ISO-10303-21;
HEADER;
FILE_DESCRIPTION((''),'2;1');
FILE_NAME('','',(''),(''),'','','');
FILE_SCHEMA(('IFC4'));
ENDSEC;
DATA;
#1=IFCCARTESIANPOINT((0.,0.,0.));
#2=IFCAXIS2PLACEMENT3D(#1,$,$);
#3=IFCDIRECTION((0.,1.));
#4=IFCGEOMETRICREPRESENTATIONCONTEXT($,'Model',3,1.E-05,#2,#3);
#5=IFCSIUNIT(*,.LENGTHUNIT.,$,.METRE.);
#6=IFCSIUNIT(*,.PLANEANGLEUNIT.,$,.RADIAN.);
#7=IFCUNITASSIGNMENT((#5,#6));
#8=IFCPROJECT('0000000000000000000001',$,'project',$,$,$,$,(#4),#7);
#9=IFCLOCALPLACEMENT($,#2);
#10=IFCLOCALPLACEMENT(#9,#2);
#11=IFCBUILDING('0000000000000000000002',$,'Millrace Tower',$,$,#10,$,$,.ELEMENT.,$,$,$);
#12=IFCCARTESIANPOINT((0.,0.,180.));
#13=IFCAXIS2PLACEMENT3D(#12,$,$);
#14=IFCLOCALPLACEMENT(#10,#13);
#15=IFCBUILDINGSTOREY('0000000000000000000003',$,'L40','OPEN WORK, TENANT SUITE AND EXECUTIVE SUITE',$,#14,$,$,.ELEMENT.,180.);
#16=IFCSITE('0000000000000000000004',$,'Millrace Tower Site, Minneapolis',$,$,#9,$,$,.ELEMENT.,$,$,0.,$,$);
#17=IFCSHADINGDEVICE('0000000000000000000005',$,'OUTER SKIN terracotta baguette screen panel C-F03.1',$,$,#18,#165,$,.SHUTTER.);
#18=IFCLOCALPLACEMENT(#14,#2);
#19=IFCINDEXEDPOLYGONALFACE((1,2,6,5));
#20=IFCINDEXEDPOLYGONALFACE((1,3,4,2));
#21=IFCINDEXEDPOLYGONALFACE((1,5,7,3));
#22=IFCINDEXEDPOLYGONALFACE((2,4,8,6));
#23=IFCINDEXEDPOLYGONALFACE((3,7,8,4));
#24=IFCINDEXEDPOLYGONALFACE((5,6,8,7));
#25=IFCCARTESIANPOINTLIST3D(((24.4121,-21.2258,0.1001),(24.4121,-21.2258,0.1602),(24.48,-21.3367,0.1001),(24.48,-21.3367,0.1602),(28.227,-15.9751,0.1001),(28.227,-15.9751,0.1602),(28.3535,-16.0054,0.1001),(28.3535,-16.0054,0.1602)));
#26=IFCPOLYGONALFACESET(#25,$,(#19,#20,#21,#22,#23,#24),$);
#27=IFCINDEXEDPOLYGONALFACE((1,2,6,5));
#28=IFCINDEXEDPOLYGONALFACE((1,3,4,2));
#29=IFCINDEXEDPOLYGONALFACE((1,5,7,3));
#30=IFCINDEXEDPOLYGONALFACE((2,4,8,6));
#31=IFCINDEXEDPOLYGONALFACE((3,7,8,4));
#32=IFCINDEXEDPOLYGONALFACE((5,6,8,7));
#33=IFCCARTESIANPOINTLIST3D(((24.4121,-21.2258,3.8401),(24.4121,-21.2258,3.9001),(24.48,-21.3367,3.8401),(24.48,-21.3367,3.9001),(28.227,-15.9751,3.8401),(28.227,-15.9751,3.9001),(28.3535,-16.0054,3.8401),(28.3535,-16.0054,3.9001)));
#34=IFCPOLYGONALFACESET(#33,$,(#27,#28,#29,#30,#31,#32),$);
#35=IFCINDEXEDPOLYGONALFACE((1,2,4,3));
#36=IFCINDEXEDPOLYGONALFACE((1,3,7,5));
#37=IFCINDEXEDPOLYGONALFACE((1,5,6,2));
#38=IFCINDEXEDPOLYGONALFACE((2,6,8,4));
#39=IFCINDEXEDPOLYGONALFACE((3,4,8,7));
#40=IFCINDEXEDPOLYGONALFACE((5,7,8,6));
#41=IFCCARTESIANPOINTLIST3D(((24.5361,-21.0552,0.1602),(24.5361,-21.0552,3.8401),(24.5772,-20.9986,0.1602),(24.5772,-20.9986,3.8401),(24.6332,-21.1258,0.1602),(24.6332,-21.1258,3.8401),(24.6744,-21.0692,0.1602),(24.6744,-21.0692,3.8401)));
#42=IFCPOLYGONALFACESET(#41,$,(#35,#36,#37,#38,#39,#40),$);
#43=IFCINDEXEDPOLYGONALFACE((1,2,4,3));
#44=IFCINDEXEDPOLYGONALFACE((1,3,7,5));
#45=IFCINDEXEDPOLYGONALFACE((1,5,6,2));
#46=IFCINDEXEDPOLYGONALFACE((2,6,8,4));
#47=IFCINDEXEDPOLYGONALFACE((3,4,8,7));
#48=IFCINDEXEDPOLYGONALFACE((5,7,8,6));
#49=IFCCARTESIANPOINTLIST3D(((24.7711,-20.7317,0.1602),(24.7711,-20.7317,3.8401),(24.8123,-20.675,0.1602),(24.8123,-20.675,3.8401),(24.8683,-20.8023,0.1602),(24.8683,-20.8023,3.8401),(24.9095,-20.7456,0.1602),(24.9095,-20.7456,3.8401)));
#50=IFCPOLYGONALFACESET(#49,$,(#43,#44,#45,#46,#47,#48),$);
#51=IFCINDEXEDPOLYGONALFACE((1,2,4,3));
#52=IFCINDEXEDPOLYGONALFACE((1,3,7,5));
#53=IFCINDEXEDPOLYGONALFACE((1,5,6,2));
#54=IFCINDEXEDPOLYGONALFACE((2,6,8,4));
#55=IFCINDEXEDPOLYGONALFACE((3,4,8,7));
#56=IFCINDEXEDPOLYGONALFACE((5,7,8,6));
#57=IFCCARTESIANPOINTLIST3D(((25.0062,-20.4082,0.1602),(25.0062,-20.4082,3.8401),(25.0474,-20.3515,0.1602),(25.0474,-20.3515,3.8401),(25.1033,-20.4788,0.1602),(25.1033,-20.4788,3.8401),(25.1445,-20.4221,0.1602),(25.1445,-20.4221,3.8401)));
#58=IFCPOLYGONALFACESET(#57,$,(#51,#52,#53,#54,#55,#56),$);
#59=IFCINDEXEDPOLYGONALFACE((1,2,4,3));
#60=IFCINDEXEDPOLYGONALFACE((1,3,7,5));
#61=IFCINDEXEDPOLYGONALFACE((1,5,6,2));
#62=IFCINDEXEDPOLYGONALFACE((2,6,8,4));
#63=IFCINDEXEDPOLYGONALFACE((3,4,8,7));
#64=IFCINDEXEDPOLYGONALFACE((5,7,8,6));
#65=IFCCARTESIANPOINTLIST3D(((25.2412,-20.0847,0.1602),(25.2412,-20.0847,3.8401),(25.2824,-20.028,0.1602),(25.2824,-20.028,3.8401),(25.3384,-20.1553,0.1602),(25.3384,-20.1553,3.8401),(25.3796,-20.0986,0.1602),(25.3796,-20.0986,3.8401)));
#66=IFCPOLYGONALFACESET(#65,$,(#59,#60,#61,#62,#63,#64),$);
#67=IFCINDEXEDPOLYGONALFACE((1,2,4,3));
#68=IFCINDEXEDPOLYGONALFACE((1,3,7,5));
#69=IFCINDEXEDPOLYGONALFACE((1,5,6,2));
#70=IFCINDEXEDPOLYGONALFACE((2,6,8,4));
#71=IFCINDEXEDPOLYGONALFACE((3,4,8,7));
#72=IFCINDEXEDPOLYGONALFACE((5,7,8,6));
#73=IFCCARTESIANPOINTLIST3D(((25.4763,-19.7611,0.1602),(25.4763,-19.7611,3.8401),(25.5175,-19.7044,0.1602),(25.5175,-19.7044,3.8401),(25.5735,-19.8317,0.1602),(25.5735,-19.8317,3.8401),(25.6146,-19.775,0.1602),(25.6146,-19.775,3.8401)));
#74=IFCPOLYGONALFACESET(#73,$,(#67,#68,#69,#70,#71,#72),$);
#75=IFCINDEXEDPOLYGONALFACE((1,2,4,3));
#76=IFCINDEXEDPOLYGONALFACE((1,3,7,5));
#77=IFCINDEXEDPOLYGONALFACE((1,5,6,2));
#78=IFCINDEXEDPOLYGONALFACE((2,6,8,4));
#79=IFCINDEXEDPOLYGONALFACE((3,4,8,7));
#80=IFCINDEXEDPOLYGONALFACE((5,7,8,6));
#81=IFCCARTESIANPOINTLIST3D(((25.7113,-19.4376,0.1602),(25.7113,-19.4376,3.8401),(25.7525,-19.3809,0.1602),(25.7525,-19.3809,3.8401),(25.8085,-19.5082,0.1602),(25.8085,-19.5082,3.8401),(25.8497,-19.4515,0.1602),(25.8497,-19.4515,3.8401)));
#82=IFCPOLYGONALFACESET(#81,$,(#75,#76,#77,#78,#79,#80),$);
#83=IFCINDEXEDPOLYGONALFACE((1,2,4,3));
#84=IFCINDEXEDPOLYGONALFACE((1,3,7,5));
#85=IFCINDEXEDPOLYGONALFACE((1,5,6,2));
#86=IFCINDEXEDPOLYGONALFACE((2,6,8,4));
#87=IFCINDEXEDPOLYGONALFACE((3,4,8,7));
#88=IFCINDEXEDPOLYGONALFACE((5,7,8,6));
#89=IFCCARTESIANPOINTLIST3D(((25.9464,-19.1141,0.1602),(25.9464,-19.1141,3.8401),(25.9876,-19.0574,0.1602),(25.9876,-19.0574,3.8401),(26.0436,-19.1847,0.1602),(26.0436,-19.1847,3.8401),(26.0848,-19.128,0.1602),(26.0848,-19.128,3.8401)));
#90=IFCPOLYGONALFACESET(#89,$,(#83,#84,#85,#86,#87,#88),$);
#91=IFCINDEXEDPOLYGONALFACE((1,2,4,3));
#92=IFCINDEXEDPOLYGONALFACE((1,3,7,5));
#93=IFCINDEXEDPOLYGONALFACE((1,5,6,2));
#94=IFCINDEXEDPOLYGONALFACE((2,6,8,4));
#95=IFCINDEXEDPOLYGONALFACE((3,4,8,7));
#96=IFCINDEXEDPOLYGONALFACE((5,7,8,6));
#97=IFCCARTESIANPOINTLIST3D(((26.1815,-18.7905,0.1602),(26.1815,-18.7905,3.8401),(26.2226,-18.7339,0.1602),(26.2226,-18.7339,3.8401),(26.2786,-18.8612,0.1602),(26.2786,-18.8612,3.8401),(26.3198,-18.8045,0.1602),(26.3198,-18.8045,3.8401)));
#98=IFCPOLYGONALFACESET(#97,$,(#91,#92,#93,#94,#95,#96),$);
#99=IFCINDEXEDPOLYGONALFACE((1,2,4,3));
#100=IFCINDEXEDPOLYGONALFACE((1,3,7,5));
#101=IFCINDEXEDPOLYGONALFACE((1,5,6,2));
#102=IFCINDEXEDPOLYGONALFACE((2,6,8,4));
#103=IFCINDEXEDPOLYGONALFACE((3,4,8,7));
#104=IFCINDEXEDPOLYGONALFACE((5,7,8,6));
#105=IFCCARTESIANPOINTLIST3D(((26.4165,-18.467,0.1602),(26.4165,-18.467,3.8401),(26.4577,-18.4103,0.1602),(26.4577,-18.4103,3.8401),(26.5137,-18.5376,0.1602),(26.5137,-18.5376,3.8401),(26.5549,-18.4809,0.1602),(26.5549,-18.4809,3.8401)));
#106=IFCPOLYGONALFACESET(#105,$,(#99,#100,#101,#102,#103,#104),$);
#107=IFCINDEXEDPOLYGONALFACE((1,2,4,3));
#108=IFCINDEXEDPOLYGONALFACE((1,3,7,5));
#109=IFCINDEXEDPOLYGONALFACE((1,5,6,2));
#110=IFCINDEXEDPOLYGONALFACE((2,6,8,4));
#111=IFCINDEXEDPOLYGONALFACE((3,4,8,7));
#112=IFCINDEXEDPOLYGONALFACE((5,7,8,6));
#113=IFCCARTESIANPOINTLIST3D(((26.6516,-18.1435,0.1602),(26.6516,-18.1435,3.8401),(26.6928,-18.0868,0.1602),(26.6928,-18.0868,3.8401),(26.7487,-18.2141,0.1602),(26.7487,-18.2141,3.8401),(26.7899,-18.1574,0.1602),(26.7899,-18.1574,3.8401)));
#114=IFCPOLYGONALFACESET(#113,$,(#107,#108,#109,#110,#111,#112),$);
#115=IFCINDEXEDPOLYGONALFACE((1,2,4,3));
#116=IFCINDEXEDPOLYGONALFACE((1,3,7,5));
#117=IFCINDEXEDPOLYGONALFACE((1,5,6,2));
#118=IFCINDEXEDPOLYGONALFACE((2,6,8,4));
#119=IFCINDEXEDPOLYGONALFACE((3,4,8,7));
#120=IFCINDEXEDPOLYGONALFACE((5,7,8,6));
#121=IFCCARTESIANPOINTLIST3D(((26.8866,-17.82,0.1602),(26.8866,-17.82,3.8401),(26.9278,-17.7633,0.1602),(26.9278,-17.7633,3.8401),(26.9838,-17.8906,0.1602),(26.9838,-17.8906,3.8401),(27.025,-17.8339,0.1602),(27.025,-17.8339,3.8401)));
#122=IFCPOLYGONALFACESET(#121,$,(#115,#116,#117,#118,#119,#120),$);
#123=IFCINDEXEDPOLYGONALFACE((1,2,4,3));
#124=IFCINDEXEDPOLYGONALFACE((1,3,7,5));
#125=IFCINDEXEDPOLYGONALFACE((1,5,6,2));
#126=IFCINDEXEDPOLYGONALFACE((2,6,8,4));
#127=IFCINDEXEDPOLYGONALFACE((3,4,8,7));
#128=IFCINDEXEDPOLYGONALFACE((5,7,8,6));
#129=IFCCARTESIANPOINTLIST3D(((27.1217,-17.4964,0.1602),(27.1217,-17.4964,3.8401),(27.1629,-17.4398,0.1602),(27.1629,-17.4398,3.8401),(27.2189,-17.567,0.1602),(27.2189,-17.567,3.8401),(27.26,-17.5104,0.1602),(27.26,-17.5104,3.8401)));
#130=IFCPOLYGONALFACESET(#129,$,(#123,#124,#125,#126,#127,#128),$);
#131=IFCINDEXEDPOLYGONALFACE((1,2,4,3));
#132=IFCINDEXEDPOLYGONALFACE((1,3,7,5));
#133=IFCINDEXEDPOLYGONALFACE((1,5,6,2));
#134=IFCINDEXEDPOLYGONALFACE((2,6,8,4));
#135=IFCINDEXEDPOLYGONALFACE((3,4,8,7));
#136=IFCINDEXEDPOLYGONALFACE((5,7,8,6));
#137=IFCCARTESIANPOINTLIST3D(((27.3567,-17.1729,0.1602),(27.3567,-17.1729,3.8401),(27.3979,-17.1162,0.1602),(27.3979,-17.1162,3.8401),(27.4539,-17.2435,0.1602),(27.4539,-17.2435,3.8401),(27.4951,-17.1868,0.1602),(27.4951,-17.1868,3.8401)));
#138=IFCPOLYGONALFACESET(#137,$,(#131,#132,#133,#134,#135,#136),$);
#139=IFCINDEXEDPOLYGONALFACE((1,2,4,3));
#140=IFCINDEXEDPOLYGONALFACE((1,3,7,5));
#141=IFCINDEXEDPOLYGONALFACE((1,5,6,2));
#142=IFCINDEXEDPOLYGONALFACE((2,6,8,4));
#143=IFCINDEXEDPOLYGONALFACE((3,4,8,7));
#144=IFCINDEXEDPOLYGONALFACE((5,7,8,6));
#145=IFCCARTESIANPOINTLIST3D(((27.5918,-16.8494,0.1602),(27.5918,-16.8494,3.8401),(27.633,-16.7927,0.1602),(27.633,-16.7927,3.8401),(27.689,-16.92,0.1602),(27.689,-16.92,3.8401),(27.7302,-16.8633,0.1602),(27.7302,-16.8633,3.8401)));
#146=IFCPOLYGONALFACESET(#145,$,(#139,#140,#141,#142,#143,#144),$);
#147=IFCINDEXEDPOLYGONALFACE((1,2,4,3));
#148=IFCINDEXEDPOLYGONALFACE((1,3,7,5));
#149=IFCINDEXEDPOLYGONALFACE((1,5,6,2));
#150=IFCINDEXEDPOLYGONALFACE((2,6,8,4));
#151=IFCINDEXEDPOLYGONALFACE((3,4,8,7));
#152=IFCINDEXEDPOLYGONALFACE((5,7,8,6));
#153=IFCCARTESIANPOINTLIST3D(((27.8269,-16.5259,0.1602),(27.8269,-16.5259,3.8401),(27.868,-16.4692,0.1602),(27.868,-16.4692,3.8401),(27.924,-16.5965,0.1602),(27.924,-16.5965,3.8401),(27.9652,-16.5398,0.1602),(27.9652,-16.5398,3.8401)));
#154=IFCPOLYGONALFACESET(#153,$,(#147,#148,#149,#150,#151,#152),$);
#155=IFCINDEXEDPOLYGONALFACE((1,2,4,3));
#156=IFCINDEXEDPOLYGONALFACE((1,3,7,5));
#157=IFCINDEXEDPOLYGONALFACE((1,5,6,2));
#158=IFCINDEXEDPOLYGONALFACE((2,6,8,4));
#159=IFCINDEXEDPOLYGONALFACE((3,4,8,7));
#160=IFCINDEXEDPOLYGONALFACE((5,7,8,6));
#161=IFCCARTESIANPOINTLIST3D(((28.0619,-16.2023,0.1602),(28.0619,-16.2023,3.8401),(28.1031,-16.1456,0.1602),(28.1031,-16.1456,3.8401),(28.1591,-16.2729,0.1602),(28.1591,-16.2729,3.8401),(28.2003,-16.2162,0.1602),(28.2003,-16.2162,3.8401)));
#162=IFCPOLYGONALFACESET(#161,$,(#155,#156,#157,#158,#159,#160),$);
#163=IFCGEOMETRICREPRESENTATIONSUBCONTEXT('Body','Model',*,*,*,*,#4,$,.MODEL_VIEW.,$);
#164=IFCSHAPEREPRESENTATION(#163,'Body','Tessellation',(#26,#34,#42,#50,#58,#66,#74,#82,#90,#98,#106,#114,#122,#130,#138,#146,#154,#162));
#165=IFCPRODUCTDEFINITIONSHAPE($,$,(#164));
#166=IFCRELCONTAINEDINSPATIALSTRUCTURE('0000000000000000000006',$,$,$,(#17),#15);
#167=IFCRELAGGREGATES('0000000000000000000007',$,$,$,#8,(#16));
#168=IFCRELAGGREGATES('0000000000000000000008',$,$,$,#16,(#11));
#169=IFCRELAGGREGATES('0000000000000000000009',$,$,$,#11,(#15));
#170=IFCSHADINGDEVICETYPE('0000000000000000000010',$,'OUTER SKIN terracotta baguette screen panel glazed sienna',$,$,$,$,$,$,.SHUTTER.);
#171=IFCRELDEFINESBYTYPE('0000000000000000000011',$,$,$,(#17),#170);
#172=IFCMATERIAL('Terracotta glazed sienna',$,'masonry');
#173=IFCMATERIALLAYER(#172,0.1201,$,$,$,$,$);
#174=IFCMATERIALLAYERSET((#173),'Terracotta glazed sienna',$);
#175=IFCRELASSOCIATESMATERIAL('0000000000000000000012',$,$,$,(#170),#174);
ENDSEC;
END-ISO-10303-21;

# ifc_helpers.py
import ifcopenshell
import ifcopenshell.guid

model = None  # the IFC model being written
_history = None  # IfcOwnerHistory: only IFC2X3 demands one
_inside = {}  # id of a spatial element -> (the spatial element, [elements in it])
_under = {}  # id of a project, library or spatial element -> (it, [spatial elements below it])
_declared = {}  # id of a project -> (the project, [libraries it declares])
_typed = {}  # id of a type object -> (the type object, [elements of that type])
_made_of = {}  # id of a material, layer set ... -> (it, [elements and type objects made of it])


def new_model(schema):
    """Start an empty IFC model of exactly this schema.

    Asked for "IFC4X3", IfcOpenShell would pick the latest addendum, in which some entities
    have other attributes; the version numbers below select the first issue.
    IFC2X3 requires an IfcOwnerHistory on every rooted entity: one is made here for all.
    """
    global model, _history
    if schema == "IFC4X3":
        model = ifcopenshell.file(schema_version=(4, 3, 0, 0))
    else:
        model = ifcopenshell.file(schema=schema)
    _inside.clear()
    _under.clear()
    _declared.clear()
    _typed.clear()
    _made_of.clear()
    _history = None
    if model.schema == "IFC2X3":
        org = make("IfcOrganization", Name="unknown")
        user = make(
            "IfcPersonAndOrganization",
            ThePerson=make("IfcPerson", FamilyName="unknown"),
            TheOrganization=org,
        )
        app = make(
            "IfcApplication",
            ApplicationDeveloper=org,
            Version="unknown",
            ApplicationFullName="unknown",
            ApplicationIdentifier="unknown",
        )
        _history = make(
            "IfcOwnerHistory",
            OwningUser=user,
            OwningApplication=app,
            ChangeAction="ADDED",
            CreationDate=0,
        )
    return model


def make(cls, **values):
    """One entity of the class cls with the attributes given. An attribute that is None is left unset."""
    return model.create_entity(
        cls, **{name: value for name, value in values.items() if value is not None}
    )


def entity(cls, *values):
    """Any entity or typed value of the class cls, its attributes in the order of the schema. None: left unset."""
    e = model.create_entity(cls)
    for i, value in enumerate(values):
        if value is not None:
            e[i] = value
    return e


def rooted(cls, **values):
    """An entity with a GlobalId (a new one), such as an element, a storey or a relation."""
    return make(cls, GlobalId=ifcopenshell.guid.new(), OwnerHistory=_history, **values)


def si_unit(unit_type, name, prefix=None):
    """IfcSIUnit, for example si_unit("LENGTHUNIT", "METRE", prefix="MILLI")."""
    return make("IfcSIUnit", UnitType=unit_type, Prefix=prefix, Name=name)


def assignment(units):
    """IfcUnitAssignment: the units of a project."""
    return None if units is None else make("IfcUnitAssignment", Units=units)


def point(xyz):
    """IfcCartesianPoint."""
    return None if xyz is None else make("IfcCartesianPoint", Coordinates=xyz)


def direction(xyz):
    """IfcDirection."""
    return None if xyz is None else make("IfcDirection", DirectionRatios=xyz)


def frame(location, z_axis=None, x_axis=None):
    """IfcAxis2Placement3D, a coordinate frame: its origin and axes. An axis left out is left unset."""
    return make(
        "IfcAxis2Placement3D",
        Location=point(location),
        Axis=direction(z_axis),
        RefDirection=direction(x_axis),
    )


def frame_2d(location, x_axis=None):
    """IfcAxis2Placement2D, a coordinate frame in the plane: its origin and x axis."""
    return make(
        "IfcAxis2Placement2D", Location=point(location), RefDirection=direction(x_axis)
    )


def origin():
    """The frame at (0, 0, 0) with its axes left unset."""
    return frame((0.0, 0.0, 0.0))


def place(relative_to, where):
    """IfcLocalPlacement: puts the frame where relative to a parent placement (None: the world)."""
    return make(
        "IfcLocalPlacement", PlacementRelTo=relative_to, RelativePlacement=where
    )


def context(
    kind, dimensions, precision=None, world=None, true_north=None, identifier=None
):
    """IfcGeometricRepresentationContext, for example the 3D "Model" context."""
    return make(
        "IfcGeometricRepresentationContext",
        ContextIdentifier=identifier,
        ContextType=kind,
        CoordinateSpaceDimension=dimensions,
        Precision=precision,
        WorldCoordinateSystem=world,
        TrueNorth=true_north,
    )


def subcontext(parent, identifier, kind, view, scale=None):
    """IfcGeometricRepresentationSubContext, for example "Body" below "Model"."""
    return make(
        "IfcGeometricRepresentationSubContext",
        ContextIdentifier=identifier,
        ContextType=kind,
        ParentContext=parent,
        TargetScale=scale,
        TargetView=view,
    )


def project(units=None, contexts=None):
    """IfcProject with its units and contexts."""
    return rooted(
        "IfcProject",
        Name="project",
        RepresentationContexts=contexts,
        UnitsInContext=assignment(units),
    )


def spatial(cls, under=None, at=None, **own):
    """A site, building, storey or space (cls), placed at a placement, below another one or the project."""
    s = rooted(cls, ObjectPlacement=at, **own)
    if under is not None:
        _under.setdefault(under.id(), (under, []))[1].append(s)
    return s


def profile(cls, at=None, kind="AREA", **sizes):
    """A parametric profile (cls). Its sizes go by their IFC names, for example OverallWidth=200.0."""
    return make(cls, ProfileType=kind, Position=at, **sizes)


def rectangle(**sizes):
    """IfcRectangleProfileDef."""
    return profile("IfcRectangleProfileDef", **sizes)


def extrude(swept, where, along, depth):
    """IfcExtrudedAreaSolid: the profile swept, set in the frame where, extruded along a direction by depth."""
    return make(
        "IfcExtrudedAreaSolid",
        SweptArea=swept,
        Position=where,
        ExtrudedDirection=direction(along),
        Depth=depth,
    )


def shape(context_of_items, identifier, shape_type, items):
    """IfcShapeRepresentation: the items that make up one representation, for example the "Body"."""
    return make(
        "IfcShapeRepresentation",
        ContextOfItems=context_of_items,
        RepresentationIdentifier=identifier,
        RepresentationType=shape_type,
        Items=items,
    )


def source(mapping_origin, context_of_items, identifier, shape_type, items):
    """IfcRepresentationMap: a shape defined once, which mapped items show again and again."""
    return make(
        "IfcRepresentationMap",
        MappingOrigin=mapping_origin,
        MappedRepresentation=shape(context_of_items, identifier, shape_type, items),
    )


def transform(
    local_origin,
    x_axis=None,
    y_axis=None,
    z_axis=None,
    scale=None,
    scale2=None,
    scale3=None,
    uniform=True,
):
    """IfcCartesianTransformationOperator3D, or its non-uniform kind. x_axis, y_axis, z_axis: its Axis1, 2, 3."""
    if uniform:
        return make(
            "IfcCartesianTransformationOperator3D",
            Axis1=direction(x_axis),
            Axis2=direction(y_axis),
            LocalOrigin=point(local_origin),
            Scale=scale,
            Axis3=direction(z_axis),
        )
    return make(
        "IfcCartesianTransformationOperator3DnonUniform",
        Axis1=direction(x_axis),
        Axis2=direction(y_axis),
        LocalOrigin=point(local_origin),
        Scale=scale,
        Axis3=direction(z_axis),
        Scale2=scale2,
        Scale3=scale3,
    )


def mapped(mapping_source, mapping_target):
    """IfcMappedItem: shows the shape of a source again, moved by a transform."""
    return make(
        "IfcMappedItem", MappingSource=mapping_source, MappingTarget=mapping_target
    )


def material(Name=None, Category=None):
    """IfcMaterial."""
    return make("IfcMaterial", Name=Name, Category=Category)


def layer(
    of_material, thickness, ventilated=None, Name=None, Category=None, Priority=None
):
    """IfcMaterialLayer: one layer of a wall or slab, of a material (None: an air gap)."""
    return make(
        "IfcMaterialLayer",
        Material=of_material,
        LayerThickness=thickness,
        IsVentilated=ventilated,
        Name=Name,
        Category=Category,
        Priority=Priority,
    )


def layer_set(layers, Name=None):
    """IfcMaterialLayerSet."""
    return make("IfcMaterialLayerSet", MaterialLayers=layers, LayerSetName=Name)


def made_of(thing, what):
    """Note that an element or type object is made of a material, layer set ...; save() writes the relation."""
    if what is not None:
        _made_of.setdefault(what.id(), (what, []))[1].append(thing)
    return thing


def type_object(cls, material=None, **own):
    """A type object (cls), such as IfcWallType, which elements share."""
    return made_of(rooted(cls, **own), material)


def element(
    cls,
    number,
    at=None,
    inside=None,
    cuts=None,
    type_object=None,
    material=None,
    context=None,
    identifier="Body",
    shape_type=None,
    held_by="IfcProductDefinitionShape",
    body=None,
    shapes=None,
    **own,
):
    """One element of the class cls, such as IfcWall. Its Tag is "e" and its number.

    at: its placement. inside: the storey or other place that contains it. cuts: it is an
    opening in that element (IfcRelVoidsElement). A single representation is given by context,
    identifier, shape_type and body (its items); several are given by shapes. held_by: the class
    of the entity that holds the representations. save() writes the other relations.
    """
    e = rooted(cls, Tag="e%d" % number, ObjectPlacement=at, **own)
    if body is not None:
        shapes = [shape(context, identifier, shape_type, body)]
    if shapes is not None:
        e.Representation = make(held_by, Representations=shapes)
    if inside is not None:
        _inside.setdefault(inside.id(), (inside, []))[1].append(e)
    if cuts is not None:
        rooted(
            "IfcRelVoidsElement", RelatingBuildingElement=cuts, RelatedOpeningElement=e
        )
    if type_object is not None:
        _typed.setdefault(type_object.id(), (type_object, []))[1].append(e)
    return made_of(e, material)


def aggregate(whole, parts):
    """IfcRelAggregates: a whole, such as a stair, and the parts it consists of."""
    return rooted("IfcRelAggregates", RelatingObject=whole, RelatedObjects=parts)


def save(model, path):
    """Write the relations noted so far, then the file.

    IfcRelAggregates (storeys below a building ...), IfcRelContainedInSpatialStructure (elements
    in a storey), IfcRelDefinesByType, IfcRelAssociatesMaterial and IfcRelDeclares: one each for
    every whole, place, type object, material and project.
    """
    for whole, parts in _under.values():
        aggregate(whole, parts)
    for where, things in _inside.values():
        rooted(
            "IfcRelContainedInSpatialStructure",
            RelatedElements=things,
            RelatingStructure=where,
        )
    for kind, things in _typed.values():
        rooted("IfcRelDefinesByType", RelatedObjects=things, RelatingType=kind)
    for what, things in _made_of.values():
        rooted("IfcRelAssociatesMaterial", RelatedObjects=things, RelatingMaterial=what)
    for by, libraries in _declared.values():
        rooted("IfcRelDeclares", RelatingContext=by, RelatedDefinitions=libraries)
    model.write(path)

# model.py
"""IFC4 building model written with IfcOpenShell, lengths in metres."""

from ifc_helpers import new_model, entity, si_unit, direction, frame, frame_2d, origin, place, context, subcontext, project, spatial, rectangle, extrude, source, transform, mapped, material, layer, layer_set, type_object, element, save


model = new_model("IFC4")

# Units and contexts
model_context = context("Model", 3, precision=1e-05, world=origin(), true_north=direction((0.0, 1.0)))
body_context = subcontext(model_context, "Body", "Model", "MODEL_VIEW")
ifc_project = project(units=[si_unit("LENGTHUNIT", "METRE"), si_unit("PLANEANGLEUNIT", "RADIAN")], contexts=[model_context])

# Site, building, storey
site_placement = place(None, origin())
site = spatial("IfcSite", under=ifc_project, at=site_placement, Name="Millrace Tower Site, Minneapolis", CompositionType="ELEMENT", RefElevation=0.0)
building_placement = place(site_placement, origin())
building = spatial("IfcBuilding", under=site, at=building_placement, Name="Millrace Tower", CompositionType="ELEMENT")
storey_placement = place(building_placement, frame((0.0, 0.0, 180.0)))
storey = spatial("IfcBuildingStorey", under=building, at=storey_placement, Name="L40", Description="OPEN WORK, TENANT SUITE AND EXECUTIVE SUITE", CompositionType="ELEMENT", Elevation=180.0)

# Shading device
ifc_material_1 = material(Name="Terracotta glazed sienna", Category="masonry")
ifc_layer_1 = layer(ifc_material_1, 0.1201)
ifc_layer_set_1 = layer_set([ifc_layer_1], Name="Terracotta glazed sienna")
shading_device_type = type_object("IfcShadingDeviceType", Name="OUTER SKIN terracotta baguette screen panel glazed sienna", PredefinedType="SHUTTER", material=ifc_layer_set_1)
cartesian_point_1 = entity("IfcCartesianPoint", [-3.2451, 0.0601])
shared_polyline_1 = entity("IfcPolyline", [cartesian_point_1, entity("IfcCartesianPoint", [3.2451, 0.0601]), entity("IfcCartesianPoint", [3.2949, -0.0601]), entity("IfcCartesianPoint", [-3.2949, -0.0601]), cartesian_point_1])
shared_shape_1 = source(origin(), body_context, "Body", "SweptSolid", [
    entity("IfcExtrudedAreaSolid", entity("IfcArbitraryClosedProfileDef", "AREA", None, shared_polyline_1), entity("IfcAxis2Placement3D", entity("IfcCartesianPoint", [0.0, 0.0, 0.0])), entity("IfcDirection", [0.0, 0.0, 1.0]), 0.0601),
    entity("IfcExtrudedAreaSolid", entity("IfcArbitraryClosedProfileDef", "AREA", None, shared_polyline_1), entity("IfcAxis2Placement3D", entity("IfcCartesianPoint", [0.0, 0.0, 3.74])), entity("IfcDirection", [0.0, 0.0, 1.0]), 0.0601),
    extrude(rectangle(XDim=0.0701, YDim=0.1201, at=frame_2d((-2.9993, 0.0))), frame((0.0, 0.0, 0.0601)), (0.0, 0.0, 1.0), 3.6799),
    extrude(rectangle(XDim=0.0701, YDim=0.1201, at=frame_2d((-2.5994, 0.0))), frame((0.0, 0.0, 0.0601)), (0.0, 0.0, 1.0), 3.6799),
    extrude(rectangle(XDim=0.0701, YDim=0.1201, at=frame_2d((-2.1995, 0.0))), frame((0.0, 0.0, 0.0601)), (0.0, 0.0, 1.0), 3.6799),
    extrude(rectangle(XDim=0.0701, YDim=0.1201, at=frame_2d((-1.7996, 0.0))), frame((0.0, 0.0, 0.0601)), (0.0, 0.0, 1.0), 3.6799),
    extrude(rectangle(XDim=0.0701, YDim=0.1201, at=frame_2d((-1.3997, 0.0))), frame((0.0, 0.0, 0.0601)), (0.0, 0.0, 1.0), 3.6799),
    extrude(rectangle(XDim=0.0701, YDim=0.1201, at=frame_2d((-0.9998, 0.0))), frame((0.0, 0.0, 0.0601)), (0.0, 0.0, 1.0), 3.6799),
    extrude(rectangle(XDim=0.0701, YDim=0.1201, at=frame_2d((-0.5999, 0.0))), frame((0.0, 0.0, 0.0601)), (0.0, 0.0, 1.0), 3.6799),
    extrude(rectangle(XDim=0.0701, YDim=0.1201, at=frame_2d((-0.2, 0.0))), frame((0.0, 0.0, 0.0601)), (0.0, 0.0, 1.0), 3.6799),
    extrude(rectangle(XDim=0.0701, YDim=0.1201, at=frame_2d((0.2, 0.0))), frame((0.0, 0.0, 0.0601)), (0.0, 0.0, 1.0), 3.6799),
    extrude(rectangle(XDim=0.0701, YDim=0.1201, at=frame_2d((0.5999, 0.0))), frame((0.0, 0.0, 0.0601)), (0.0, 0.0, 1.0), 3.6799),
    extrude(rectangle(XDim=0.0701, YDim=0.1201, at=frame_2d((0.9998, 0.0))), frame((0.0, 0.0, 0.0601)), (0.0, 0.0, 1.0), 3.6799),
    extrude(rectangle(XDim=0.0701, YDim=0.1201, at=frame_2d((1.3997, 0.0))), frame((0.0, 0.0, 0.0601)), (0.0, 0.0, 1.0), 3.6799),
    extrude(rectangle(XDim=0.0701, YDim=0.1201, at=frame_2d((1.7996, 0.0))), frame((0.0, 0.0, 0.0601)), (0.0, 0.0, 1.0), 3.6799),
    extrude(rectangle(XDim=0.0701, YDim=0.1201, at=frame_2d((2.1995, 0.0))), frame((0.0, 0.0, 0.0601)), (0.0, 0.0, 1.0), 3.6799),
    extrude(rectangle(XDim=0.0701, YDim=0.1201, at=frame_2d((2.5994, 0.0))), frame((0.0, 0.0, 0.0601)), (0.0, 0.0, 1.0), 3.6799),
    extrude(rectangle(XDim=0.0701, YDim=0.1201, at=frame_2d((2.9993, 0.0))), frame((0.0, 0.0, 0.0601)), (0.0, 0.0, 1.0), 3.6799),
])
shading_device_1_placement = place(storey_placement, frame((26.3682, -18.6357, 0.1001), z_axis=(0.0, 0.0, 1.0), x_axis=(0.587785, 0.809017, 0.0)))
element("IfcShadingDevice", 1, at=shading_device_1_placement, inside=storey, type_object=shading_device_type, Name="OUTER SKIN terracotta baguette screen panel C-F03.1", PredefinedType="SHUTTER", context=body_context, shape_type="MappedRepresentation", body=[
    mapped(shared_shape_1, transform((0.0, 0.0, 0.0), scale=1.0)),
])

save(model, "model.ifc")
